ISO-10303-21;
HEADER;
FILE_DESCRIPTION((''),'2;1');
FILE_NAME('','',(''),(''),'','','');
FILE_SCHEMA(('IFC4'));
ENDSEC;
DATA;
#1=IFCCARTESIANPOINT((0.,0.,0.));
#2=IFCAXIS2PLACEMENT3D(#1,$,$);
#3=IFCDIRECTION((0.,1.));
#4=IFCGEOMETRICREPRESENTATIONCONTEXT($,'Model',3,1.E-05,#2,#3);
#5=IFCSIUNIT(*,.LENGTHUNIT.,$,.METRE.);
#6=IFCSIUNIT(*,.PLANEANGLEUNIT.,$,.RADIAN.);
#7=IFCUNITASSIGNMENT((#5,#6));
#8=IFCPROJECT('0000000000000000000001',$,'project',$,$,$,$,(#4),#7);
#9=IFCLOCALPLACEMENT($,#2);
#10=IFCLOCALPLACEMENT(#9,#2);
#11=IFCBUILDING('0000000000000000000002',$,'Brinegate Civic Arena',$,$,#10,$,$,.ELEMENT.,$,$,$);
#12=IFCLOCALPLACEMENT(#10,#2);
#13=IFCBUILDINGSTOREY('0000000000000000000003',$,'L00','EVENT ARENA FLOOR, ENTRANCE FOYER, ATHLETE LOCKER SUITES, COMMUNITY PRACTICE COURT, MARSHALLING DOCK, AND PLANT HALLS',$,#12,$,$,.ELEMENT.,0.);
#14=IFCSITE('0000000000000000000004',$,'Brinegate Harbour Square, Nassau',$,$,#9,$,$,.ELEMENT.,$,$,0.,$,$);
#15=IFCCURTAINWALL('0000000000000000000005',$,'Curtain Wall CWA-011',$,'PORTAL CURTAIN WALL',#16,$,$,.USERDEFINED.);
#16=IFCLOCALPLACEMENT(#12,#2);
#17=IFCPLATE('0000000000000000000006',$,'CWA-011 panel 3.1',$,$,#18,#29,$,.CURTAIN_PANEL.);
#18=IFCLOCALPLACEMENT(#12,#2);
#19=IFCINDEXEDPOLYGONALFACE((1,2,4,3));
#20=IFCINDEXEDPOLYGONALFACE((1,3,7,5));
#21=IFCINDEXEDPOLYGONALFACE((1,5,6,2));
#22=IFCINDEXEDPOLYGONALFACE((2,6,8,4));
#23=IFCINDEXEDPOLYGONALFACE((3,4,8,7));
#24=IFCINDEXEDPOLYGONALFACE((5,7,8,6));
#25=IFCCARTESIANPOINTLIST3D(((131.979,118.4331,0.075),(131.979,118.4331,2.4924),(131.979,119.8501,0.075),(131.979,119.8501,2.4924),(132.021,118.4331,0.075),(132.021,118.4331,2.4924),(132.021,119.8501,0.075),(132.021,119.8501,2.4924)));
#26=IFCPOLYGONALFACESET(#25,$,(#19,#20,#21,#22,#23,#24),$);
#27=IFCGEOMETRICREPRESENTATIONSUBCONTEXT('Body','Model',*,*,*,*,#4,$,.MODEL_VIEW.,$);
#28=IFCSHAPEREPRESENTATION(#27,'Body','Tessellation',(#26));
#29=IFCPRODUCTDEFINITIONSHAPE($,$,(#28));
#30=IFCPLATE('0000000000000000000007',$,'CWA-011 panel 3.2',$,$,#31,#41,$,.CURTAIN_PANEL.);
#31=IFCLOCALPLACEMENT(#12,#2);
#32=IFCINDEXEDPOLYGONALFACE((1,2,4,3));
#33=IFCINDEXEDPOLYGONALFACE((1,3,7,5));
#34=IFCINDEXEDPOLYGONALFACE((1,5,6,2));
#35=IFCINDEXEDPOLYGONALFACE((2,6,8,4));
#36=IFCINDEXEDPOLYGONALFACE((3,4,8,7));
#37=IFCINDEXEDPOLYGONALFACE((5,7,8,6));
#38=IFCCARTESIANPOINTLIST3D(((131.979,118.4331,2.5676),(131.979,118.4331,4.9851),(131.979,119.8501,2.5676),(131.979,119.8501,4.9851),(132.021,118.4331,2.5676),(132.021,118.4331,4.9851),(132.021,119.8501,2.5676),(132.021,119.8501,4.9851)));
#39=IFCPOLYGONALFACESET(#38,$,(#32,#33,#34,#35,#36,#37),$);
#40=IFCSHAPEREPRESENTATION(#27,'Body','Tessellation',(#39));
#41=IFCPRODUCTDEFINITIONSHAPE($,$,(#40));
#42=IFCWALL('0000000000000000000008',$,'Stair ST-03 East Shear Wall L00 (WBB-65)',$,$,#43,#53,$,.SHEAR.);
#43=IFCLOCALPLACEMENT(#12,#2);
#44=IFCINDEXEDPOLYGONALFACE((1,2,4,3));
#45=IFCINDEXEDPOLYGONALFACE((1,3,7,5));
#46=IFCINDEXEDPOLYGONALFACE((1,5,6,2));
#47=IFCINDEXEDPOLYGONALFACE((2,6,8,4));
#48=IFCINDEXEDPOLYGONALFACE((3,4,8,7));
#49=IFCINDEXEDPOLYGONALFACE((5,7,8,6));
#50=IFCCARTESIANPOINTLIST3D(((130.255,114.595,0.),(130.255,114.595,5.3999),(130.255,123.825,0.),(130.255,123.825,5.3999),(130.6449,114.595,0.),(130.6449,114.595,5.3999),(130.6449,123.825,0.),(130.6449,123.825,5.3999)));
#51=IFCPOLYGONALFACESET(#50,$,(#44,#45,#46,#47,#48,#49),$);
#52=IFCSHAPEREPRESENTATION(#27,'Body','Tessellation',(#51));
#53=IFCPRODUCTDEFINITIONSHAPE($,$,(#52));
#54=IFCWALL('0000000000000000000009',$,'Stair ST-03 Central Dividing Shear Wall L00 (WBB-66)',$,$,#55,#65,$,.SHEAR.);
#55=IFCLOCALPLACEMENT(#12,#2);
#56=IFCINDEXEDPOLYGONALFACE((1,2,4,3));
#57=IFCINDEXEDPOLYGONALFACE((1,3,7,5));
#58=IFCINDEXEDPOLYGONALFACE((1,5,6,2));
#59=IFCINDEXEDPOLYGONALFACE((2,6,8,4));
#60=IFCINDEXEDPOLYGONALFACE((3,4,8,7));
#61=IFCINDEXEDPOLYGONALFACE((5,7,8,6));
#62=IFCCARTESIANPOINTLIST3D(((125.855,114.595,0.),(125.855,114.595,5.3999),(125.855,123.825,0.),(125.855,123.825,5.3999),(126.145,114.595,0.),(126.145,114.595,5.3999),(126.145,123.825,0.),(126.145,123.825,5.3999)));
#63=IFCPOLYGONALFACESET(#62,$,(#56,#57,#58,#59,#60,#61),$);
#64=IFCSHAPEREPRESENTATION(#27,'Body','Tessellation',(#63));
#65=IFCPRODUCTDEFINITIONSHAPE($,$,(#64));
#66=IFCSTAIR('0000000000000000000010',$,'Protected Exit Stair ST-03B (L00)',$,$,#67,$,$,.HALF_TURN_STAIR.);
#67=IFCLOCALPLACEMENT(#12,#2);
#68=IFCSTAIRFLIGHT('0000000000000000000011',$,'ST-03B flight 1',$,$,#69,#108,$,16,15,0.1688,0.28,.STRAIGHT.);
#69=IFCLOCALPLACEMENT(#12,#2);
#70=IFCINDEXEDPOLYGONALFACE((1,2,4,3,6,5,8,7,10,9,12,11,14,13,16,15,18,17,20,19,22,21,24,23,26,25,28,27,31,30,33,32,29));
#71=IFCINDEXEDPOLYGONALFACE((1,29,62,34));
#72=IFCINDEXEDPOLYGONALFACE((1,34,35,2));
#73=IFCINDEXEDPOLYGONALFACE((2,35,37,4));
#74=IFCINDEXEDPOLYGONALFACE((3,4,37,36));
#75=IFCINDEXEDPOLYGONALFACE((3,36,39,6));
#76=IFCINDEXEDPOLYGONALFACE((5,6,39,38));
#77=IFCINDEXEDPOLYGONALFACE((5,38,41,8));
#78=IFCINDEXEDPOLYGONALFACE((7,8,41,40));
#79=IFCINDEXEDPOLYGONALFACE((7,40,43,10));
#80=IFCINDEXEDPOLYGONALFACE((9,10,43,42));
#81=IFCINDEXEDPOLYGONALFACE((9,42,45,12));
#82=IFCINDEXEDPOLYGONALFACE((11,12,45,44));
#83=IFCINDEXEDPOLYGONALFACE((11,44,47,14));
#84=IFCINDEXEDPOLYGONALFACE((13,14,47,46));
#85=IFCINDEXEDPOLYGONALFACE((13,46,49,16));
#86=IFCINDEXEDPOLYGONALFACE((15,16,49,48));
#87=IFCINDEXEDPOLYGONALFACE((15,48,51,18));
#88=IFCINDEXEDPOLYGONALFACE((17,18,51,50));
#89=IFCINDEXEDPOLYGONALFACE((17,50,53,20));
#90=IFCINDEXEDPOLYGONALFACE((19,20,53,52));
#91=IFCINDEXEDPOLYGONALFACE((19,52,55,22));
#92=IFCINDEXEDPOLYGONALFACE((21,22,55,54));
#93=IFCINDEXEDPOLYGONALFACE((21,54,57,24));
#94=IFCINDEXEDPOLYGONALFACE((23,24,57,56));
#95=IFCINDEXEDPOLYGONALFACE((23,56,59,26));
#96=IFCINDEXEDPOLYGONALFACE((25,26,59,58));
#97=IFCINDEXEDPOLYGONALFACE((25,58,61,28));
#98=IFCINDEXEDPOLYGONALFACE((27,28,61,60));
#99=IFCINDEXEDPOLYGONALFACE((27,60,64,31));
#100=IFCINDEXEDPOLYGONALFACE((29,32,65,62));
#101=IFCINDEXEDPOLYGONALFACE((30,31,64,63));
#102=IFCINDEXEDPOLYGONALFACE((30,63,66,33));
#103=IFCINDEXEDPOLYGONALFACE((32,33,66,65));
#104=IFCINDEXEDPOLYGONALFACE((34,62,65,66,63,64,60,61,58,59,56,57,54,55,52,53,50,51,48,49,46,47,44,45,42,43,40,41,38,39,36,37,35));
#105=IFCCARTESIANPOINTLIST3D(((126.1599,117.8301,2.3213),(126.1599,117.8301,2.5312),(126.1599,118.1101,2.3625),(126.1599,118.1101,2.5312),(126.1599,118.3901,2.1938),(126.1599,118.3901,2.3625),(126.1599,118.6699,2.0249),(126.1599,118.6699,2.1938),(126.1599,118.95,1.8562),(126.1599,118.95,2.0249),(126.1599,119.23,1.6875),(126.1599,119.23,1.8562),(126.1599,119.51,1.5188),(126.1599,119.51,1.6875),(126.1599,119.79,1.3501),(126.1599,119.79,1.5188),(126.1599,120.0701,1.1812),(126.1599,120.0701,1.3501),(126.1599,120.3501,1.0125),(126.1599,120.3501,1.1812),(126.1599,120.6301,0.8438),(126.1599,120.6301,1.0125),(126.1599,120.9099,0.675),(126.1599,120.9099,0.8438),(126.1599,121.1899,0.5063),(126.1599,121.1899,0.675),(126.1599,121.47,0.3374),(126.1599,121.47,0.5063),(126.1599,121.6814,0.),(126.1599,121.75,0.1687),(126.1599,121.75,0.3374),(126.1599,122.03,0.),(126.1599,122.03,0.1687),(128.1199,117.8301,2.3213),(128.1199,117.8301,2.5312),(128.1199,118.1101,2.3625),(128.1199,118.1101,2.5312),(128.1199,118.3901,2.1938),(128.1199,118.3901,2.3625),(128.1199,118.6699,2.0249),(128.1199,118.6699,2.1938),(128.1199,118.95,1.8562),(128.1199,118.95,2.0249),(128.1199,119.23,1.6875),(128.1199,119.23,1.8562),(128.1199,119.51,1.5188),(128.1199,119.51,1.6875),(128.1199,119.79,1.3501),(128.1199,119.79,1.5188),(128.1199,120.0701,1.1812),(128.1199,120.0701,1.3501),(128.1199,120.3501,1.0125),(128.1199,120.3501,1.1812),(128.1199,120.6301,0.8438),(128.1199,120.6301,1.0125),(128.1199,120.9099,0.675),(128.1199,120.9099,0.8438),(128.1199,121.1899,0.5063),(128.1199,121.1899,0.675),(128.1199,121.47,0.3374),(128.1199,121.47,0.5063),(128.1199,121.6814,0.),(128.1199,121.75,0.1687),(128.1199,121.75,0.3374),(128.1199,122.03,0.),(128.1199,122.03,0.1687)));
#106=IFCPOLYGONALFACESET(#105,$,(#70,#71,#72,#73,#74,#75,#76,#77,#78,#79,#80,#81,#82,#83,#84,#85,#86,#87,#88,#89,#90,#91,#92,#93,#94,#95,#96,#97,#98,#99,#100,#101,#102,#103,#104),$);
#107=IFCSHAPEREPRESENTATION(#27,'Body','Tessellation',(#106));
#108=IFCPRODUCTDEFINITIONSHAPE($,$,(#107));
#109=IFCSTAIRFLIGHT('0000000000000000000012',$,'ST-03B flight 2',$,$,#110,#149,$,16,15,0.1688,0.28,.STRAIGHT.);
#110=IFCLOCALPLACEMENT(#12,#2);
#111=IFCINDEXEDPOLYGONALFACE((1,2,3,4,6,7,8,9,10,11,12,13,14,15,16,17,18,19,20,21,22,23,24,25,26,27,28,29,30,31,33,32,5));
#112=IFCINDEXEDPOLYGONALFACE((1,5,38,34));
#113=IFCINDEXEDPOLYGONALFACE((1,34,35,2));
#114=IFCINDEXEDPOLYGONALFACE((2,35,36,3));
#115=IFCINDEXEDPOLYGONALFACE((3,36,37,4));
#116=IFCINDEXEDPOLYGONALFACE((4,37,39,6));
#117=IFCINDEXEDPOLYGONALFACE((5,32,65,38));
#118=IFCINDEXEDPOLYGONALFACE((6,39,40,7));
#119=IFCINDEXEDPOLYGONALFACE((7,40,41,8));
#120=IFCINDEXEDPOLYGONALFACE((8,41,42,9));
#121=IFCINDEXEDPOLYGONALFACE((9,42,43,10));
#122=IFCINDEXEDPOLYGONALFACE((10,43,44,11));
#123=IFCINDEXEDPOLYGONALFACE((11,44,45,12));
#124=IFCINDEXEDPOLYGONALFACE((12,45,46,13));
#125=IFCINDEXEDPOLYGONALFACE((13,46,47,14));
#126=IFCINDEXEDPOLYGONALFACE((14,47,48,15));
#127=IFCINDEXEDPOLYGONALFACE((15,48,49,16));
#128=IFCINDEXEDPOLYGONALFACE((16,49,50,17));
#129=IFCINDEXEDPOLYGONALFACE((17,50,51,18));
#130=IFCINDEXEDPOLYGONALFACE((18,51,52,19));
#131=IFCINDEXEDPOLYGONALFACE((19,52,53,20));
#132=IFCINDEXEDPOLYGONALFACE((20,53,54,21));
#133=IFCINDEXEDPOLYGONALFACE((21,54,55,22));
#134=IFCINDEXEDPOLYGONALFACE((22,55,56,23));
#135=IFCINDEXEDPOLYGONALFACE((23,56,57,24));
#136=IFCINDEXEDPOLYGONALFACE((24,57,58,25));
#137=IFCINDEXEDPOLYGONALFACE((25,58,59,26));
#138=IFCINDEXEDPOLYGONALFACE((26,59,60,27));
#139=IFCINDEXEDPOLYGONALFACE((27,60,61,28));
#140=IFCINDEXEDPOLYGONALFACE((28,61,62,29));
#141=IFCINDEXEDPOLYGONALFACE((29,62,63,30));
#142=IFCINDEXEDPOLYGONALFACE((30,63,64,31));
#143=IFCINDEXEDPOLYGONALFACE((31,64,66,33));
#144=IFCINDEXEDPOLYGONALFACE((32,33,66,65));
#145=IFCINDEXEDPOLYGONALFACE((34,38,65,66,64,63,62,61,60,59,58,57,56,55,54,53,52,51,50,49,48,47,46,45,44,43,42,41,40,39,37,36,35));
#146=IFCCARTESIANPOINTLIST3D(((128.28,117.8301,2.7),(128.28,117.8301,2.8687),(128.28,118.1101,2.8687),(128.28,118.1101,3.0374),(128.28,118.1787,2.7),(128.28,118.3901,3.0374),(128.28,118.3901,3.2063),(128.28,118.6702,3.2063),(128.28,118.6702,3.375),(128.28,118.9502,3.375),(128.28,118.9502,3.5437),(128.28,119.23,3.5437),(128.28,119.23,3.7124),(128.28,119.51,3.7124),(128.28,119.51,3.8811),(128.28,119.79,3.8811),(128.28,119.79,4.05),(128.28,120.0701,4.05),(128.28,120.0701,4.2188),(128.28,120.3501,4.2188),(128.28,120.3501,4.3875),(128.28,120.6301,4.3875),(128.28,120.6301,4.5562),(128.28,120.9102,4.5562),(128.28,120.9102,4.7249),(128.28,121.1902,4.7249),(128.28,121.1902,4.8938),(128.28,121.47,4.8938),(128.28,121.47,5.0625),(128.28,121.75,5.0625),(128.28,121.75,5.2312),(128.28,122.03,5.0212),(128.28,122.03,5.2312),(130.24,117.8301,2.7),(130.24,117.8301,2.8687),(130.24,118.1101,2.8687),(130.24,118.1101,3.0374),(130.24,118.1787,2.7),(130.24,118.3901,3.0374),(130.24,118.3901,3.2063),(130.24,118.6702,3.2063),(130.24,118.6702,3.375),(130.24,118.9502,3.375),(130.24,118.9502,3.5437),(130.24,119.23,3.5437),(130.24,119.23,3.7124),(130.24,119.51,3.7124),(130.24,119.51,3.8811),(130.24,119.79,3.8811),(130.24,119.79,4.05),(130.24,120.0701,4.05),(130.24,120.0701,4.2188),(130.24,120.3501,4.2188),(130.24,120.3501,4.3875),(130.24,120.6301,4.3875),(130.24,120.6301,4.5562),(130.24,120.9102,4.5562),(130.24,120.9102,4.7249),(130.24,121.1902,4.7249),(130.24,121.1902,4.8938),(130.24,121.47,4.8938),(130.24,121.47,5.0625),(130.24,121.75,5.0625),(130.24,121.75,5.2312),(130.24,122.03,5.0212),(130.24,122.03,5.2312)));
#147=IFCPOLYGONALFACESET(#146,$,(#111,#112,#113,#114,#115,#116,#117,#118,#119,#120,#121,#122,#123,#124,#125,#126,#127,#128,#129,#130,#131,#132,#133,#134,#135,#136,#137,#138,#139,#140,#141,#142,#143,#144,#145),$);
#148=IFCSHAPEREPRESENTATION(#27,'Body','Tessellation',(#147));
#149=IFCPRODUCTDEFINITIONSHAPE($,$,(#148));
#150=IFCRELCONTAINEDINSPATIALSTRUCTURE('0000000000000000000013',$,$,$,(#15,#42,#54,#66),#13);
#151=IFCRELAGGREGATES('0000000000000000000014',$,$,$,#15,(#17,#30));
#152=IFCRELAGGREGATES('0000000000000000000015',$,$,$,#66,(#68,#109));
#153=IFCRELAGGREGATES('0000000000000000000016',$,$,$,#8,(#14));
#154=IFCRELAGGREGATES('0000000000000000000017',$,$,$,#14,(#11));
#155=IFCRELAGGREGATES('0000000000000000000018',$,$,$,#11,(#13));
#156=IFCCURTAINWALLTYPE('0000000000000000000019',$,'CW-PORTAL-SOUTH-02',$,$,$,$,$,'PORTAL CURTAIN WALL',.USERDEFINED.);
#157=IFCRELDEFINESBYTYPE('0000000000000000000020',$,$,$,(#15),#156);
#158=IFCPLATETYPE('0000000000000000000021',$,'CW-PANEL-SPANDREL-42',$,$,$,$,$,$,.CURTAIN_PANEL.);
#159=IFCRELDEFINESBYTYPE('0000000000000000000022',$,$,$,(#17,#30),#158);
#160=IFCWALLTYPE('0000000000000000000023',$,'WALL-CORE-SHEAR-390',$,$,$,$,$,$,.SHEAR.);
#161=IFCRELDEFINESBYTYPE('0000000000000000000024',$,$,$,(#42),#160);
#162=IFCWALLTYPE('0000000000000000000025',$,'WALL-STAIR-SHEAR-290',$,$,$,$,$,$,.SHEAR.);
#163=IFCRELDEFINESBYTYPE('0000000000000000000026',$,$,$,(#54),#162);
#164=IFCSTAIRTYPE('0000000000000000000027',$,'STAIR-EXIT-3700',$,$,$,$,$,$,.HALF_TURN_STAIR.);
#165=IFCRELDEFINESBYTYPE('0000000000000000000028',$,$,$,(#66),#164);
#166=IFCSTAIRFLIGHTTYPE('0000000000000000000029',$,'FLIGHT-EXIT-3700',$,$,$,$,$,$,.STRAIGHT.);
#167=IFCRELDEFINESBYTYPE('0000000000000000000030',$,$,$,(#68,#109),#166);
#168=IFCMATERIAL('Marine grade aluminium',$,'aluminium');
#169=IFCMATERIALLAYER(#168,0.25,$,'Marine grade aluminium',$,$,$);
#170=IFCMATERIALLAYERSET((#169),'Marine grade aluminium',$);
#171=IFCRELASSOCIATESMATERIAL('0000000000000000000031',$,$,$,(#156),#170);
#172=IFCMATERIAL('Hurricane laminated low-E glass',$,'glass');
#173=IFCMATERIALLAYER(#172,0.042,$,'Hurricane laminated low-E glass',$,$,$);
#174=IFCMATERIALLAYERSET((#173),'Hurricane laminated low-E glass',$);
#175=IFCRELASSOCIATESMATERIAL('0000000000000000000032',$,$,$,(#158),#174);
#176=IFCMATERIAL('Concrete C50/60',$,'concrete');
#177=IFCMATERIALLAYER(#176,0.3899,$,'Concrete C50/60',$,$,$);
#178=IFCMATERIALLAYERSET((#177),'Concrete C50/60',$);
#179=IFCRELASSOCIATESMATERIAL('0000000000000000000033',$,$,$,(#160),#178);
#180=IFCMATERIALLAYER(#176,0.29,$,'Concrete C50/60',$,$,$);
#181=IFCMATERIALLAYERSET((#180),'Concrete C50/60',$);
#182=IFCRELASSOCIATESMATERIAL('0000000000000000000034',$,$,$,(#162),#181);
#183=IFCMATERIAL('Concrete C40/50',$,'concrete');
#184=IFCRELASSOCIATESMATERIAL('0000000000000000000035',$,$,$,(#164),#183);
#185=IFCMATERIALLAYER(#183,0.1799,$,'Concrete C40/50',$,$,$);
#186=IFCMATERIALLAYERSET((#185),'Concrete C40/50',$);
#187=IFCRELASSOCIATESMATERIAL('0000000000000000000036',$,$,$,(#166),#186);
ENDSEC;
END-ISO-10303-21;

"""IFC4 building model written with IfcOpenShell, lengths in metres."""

from ifc_helpers import new_model, si_unit, direction, frame, frame_2d, origin, origin_2d, place, context, subcontext, project, spatial, polyline, rectangle, outline, extrude, material, layer, layer_set, type_object, element, aggregate, save


model = new_model("IFC4")

# Units and contexts
model_context = context("Model", 3, precision=1e-05, world=origin(), true_north=direction((0.0, 1.0)))
body_context = subcontext(model_context, "Body", "Model", "MODEL_VIEW")
ifc_project = project(units=[si_unit("LENGTHUNIT", "METRE"), si_unit("PLANEANGLEUNIT", "RADIAN")], contexts=[model_context])

# Site, building, storey
site_placement = place(None, origin())
site = spatial("IfcSite", under=ifc_project, at=site_placement, Name="Brinegate Harbour Square, Nassau", CompositionType="ELEMENT", RefElevation=0.0)
building_placement = place(site_placement, origin())
building = spatial("IfcBuilding", under=site, at=building_placement, Name="Brinegate Civic Arena", CompositionType="ELEMENT")
storey_placement = place(building_placement, origin())
storey = spatial("IfcBuildingStorey", under=building, at=storey_placement, Name="L00", Description="EVENT ARENA FLOOR, ENTRANCE FOYER, ATHLETE LOCKER SUITES, COMMUNITY PRACTICE COURT, MARSHALLING DOCK, AND PLANT HALLS", CompositionType="ELEMENT", Elevation=0.0)

# Shared definitions
ifc_material_1 = material(Name="Concrete C40/50", Category="concrete")

# Shared definitions
ifc_material_2 = material(Name="Concrete C50/60", Category="concrete")

# Curtain wall, plates
ifc_material_3 = material(Name="Marine grade aluminium", Category="aluminium")
ifc_layer_1 = layer(ifc_material_3, 0.25, Name="Marine grade aluminium")
ifc_layer_set_1 = layer_set([ifc_layer_1], Name="Marine grade aluminium")
curtain_wall_type = type_object("IfcCurtainWallType", Name="CW-PORTAL-SOUTH-02", ElementType="PORTAL CURTAIN WALL", PredefinedType="USERDEFINED", material=ifc_layer_set_1)
curtain_wall_placement = place(storey_placement, origin())
curtain_wall = element("IfcCurtainWall", 1, at=curtain_wall_placement, inside=storey, type_object=curtain_wall_type, Name="Curtain Wall CWA-011", ObjectType="PORTAL CURTAIN WALL", PredefinedType="USERDEFINED")
ifc_material_4 = material(Name="Hurricane laminated low-E glass", Category="glass")
ifc_layer_2 = layer(ifc_material_4, 0.042, Name="Hurricane laminated low-E glass")
ifc_layer_set_2 = layer_set([ifc_layer_2], Name="Hurricane laminated low-E glass")
plate_type = type_object("IfcPlateType", Name="CW-PANEL-SPANDREL-42", PredefinedType="CURTAIN_PANEL", material=ifc_layer_set_2)
plate_1_placement = place(storey_placement, frame((132.0, 119.1416, 0.075), z_axis=(0.0, 0.0, 1.0), x_axis=(0.0, 1.0, 0.0)))
plate_1 = element("IfcPlate", 2, at=plate_1_placement, type_object=plate_type, Name="CWA-011 panel 3.1", PredefinedType="CURTAIN_PANEL", context=body_context, shape_type="SweptSolid", body=[
    extrude(rectangle(XDim=1.417, YDim=0.042, at=origin_2d()), origin(), (0.0, 0.0, 1.0), 2.4175),
])
plate_2_placement = place(storey_placement, frame((132.0, 119.1416, 2.5676), z_axis=(0.0, 0.0, 1.0), x_axis=(0.0, 1.0, 0.0)))
plate_2 = element("IfcPlate", 3, at=plate_2_placement, type_object=plate_type, Name="CWA-011 panel 3.2", PredefinedType="CURTAIN_PANEL", context=body_context, shape_type="SweptSolid", body=[
    extrude(rectangle(XDim=1.417, YDim=0.042, at=origin_2d()), origin(), (0.0, 0.0, 1.0), 2.4175),
])
aggregate(curtain_wall, [plate_1, plate_2])

# Walls
ifc_layer_3 = layer(ifc_material_2, 0.3899, Name="Concrete C50/60")
ifc_layer_set_3 = layer_set([ifc_layer_3], Name="Concrete C50/60")
wall_type_1 = type_object("IfcWallType", Name="WALL-CORE-SHEAR-390", PredefinedType="SHEAR", material=ifc_layer_set_3)
wall_1_placement = place(storey_placement, frame((130.45, 114.595, 0.0), z_axis=(0.0, 0.0, 1.0), x_axis=(0.0, 1.0, 0.0)))
element("IfcWall", 4, at=wall_1_placement, inside=storey, type_object=wall_type_1, Name="Stair ST-03 East Shear Wall L00 (WBB-65)", PredefinedType="SHEAR", context=body_context, shape_type="SweptSolid", body=[
    extrude(rectangle(XDim=9.23, YDim=0.3899, at=frame_2d((4.615, 0.0))), origin(), (0.0, 0.0, 1.0), 5.3999),
])
ifc_layer_4 = layer(ifc_material_2, 0.29, Name="Concrete C50/60")
ifc_layer_set_4 = layer_set([ifc_layer_4], Name="Concrete C50/60")
wall_type_2 = type_object("IfcWallType", Name="WALL-STAIR-SHEAR-290", PredefinedType="SHEAR", material=ifc_layer_set_4)
wall_2_placement = place(storey_placement, frame((126.0, 114.595, 0.0), z_axis=(0.0, 0.0, 1.0), x_axis=(0.0, 1.0, 0.0)))
element("IfcWall", 5, at=wall_2_placement, inside=storey, type_object=wall_type_2, Name="Stair ST-03 Central Dividing Shear Wall L00 (WBB-66)", PredefinedType="SHEAR", context=body_context, shape_type="SweptSolid", body=[
    extrude(rectangle(XDim=9.23, YDim=0.29, at=frame_2d((4.615, 0.0))), origin(), (0.0, 0.0, 1.0), 5.3999),
])

# Stair, stair flights
stair_type = type_object("IfcStairType", Name="STAIR-EXIT-3700", PredefinedType="HALF_TURN_STAIR", material=ifc_material_1)
stair_placement = place(storey_placement, origin())
stair = element("IfcStair", 6, at=stair_placement, inside=storey, type_object=stair_type, Name="Protected Exit Stair ST-03B (L00)", PredefinedType="HALF_TURN_STAIR")
ifc_layer_5 = layer(ifc_material_1, 0.1799, Name="Concrete C40/50")
ifc_layer_set_5 = layer_set([ifc_layer_5], Name="Concrete C40/50")
stair_flight_type = type_object("IfcStairFlightType", Name="FLIGHT-EXIT-3700", PredefinedType="STRAIGHT", material=ifc_layer_set_5)
stair_flight_1_placement = place(storey_placement, frame((127.1399, 122.03, 0.0), z_axis=(0.0, 0.0, 1.0), x_axis=(0.0, -1.0, 0.0)))
stair_flight_1 = element("IfcStairFlight", 7, at=stair_flight_1_placement, type_object=stair_flight_type, Name="ST-03B flight 1", NumberOfRisers=16, NumberOfTreads=15, PredefinedType="STRAIGHT", RiserHeight=0.1688, TreadLength=0.28, context=body_context, shape_type="SweptSolid", body=[
    extrude(outline(polyline([(0.0, 0.0), (0.0, 0.1687), (0.28, 0.1687), (0.28, 0.3374), (0.5601, 0.3374), (0.5601, 0.5063), (0.8401, 0.5063), (0.8401, 0.675), (1.1201, 0.675), (1.1201, 0.8438), (1.3999, 0.8438), (1.3999, 1.0125), (1.6799, 1.0125), (1.6799, 1.1812), (1.96, 1.1812), (1.96, 1.3501), (2.24, 1.3501), (2.24, 1.5188), (2.52, 1.5188), (2.52, 1.6875), (2.8, 1.6875), (2.8, 1.8562), (3.0801, 1.8562), (3.0801, 2.0249), (3.3601, 2.0249), (3.3601, 2.1938), (3.6399, 2.1938), (3.6399, 2.3625), (3.9199, 2.3625), (3.9199, 2.5312), (4.2, 2.5312), (4.2, 2.7), (4.2, 2.3213), (0.3486, 0.0), (0.0, 0.0)])), frame((0.0, 0.98, 0.0), z_axis=(0.0, -1.0, 0.0), x_axis=(1.0, 0.0, 0.0)), (0.0, 0.0, 1.0), 1.96),
])
stair_flight_2_placement = place(storey_placement, frame((129.26, 117.8301, 2.7), z_axis=(0.0, 0.0, 1.0), x_axis=(0.0, 1.0, 0.0)))
stair_flight_2 = element("IfcStairFlight", 8, at=stair_flight_2_placement, type_object=stair_flight_type, Name="ST-03B flight 2", NumberOfRisers=16, NumberOfTreads=15, PredefinedType="STRAIGHT", RiserHeight=0.1688, TreadLength=0.28, context=body_context, shape_type="SweptSolid", body=[
    extrude(outline(polyline([(0.0, 0.0), (0.0, 0.1687), (0.28, 0.1687), (0.28, 0.3374), (0.5601, 0.3374), (0.5601, 0.5063), (0.8401, 0.5063), (0.8401, 0.675), (1.1201, 0.675), (1.1201, 0.8438), (1.3999, 0.8438), (1.3999, 1.0125), (1.6799, 1.0125), (1.6799, 1.1812), (1.96, 1.1812), (1.96, 1.3501), (2.24, 1.3501), (2.24, 1.5188), (2.52, 1.5188), (2.52, 1.6875), (2.8, 1.6875), (2.8, 1.8562), (3.0801, 1.8562), (3.0801, 2.0249), (3.3601, 2.0249), (3.3601, 2.1938), (3.6399, 2.1938), (3.6399, 2.3625), (3.9199, 2.3625), (3.9199, 2.5312), (4.2, 2.5312), (4.2, 2.7), (4.2, 2.3213), (0.3486, 0.0), (0.0, 0.0)])), frame((0.0, 0.98, 0.0), z_axis=(0.0, -1.0, 0.0), x_axis=(1.0, 0.0, 0.0)), (0.0, 0.0, 1.0), 1.96),
])
aggregate(stair, [stair_flight_1, stair_flight_2])

save(model, "model.ifc")
